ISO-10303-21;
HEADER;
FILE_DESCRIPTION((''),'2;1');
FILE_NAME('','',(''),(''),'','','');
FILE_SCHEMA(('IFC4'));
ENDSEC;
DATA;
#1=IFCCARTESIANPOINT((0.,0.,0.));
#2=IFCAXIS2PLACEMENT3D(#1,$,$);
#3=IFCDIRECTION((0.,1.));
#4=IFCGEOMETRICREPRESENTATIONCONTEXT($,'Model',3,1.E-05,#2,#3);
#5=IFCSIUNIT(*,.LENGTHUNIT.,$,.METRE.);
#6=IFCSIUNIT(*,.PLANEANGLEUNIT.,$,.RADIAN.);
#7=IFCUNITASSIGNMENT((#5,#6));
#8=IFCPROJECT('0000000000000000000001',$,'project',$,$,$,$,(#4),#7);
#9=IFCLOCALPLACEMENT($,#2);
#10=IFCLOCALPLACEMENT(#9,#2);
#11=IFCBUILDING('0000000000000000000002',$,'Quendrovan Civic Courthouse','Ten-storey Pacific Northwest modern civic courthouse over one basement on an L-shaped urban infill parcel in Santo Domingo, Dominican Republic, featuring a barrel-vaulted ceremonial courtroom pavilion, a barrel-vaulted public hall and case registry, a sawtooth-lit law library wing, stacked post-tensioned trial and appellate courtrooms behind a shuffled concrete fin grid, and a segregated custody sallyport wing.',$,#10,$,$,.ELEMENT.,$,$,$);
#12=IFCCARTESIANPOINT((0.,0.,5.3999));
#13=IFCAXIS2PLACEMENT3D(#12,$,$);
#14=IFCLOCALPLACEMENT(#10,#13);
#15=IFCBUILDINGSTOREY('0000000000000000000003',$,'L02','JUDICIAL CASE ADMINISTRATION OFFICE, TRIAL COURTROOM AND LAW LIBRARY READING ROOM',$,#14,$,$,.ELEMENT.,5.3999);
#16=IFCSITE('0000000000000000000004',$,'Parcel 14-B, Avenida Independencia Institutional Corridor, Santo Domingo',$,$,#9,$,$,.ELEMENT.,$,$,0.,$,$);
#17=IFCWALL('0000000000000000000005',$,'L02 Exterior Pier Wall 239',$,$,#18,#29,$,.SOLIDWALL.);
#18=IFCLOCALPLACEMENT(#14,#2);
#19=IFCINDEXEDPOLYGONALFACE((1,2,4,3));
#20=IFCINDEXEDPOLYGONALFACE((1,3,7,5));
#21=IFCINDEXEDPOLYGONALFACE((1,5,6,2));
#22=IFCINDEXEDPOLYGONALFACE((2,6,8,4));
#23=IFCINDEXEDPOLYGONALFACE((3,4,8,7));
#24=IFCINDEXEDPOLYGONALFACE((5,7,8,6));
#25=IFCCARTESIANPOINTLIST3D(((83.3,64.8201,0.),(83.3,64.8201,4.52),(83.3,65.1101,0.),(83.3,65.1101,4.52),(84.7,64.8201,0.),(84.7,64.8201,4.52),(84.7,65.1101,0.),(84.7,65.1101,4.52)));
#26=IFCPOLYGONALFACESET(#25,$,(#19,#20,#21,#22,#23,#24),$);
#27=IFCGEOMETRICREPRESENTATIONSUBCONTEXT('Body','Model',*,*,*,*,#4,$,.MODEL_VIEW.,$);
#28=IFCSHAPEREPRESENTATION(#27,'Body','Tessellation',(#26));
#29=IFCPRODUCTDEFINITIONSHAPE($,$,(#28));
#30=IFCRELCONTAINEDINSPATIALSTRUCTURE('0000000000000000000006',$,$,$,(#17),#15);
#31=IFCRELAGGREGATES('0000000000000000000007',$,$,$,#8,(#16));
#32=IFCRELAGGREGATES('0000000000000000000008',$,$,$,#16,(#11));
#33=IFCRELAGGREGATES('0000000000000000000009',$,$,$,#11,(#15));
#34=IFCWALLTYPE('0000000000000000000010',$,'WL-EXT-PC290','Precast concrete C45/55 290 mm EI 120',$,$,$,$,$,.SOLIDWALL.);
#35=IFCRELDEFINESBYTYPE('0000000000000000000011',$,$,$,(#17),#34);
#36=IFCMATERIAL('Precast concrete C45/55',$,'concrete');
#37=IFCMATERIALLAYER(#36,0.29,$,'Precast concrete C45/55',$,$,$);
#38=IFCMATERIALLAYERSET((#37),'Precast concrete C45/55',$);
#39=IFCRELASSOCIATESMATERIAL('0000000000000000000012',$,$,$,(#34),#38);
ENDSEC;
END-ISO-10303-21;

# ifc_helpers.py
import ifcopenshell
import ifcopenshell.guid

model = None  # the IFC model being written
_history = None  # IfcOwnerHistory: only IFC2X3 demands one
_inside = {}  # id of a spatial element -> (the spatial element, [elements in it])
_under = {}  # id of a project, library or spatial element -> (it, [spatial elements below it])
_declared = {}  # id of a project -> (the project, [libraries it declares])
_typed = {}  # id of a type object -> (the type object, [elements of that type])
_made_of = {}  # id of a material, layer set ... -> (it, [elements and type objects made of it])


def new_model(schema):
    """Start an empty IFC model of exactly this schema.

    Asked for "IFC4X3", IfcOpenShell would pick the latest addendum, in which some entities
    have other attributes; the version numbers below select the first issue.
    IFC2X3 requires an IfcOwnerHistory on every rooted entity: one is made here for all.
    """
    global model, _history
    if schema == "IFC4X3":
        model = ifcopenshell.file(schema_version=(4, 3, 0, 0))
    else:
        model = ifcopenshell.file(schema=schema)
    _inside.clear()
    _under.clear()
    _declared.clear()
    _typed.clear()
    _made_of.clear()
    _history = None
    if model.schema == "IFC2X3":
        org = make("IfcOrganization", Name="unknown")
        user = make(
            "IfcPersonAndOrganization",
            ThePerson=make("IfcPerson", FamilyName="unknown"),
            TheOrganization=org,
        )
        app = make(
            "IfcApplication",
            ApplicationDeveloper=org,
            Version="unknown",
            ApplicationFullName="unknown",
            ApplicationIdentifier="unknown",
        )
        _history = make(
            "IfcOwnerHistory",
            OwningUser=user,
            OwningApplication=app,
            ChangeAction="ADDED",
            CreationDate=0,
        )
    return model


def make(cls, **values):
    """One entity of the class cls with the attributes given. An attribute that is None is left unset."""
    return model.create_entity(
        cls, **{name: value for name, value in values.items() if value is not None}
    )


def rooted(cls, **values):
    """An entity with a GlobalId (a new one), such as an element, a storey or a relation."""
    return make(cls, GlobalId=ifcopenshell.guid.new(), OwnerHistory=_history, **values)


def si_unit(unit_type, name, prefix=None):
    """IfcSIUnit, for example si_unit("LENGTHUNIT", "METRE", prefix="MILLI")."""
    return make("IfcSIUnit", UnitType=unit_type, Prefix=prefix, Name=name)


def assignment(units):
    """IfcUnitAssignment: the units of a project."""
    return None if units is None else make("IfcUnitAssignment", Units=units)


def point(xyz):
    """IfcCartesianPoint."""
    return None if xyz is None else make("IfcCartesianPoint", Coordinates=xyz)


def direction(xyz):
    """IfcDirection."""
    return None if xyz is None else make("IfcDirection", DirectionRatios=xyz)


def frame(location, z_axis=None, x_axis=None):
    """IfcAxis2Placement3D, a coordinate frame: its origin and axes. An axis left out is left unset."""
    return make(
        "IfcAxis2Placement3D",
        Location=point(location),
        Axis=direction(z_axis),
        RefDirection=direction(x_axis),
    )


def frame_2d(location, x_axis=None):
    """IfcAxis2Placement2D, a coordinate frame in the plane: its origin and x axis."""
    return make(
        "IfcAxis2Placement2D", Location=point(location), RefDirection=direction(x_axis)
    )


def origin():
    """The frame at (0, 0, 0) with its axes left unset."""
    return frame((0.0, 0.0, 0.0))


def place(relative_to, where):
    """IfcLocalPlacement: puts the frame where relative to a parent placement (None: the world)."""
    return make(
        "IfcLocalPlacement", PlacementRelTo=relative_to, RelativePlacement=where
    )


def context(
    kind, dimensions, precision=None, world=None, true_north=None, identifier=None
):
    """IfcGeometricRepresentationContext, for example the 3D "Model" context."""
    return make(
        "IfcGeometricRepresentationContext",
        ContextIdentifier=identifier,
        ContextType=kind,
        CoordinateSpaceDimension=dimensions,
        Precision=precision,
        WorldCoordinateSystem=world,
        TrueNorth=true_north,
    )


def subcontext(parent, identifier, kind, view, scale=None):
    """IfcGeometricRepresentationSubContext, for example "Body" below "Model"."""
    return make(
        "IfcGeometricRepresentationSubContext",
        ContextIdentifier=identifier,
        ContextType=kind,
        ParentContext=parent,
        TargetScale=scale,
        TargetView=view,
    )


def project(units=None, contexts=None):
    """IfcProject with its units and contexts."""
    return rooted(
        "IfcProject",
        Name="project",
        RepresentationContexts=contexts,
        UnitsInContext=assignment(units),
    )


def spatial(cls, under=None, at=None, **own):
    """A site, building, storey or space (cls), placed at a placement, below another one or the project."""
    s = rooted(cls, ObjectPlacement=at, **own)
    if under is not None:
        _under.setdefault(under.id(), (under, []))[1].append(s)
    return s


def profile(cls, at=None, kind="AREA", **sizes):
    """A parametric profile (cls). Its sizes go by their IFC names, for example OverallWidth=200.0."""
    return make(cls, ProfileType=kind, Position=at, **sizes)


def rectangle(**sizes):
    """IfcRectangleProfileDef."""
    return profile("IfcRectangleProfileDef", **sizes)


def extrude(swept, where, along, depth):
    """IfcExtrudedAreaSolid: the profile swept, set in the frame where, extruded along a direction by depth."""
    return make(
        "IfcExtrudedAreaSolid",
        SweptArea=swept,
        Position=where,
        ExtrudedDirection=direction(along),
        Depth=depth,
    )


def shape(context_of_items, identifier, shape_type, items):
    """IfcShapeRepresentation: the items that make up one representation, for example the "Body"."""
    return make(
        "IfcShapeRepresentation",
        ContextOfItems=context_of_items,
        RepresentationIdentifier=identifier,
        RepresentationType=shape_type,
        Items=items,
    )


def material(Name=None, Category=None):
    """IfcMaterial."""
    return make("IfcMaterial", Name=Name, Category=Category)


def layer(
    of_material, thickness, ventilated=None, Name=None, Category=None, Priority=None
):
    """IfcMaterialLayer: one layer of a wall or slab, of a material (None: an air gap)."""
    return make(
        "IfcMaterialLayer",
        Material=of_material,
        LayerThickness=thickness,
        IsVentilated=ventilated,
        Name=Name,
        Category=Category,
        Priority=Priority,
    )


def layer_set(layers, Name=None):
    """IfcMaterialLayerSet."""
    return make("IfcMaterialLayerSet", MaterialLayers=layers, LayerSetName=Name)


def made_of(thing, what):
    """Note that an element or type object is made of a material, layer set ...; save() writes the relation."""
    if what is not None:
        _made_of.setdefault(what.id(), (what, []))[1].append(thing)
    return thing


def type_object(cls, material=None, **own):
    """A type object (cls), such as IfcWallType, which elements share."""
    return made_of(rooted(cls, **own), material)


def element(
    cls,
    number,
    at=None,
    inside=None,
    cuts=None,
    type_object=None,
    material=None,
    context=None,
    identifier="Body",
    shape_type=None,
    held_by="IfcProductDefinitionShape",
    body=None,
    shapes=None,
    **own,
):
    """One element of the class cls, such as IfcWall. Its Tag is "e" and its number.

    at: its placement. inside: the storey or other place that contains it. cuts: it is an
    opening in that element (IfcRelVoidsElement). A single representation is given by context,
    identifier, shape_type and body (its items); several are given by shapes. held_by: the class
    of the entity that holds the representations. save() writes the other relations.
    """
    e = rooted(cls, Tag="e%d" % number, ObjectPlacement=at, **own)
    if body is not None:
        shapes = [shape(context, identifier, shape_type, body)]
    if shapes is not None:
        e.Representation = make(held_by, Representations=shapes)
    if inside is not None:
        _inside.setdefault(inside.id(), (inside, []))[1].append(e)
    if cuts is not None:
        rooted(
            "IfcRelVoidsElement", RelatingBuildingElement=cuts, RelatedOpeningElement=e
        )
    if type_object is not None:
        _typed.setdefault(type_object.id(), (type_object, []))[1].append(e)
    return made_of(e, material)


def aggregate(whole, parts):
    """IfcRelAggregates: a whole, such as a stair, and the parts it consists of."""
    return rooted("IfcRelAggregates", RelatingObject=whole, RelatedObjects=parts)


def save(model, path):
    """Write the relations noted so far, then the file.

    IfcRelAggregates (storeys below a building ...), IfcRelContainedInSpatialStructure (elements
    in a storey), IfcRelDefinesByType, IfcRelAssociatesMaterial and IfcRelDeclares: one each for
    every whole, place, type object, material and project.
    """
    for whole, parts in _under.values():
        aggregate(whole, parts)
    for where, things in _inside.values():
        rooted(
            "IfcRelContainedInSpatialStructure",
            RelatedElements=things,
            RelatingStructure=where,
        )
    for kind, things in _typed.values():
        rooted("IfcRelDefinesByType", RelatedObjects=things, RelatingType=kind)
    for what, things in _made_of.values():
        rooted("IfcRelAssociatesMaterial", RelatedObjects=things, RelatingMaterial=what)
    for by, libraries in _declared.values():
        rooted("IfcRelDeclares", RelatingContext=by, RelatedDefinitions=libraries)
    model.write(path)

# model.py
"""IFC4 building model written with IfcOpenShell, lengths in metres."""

from ifc_helpers import new_model, si_unit, direction, frame, frame_2d, origin, place, context, subcontext, project, spatial, rectangle, extrude, material, layer, layer_set, type_object, element, save


model = new_model("IFC4")

# Units and contexts
model_context = context("Model", 3, precision=1e-05, world=origin(), true_north=direction((0.0, 1.0)))
body_context = subcontext(model_context, "Body", "Model", "MODEL_VIEW")
ifc_project = project(units=[si_unit("LENGTHUNIT", "METRE"), si_unit("PLANEANGLEUNIT", "RADIAN")], contexts=[model_context])

# Site, building, storey
site_placement = place(None, origin())
site = spatial("IfcSite", under=ifc_project, at=site_placement, Name="Parcel 14-B, Avenida Independencia Institutional Corridor, Santo Domingo", CompositionType="ELEMENT", RefElevation=0.0)
building_placement = place(site_placement, origin())
building = spatial("IfcBuilding", under=site, at=building_placement, Name="Quendrovan Civic Courthouse", Description="Ten-storey Pacific Northwest modern civic courthouse over one basement on an L-shaped urban infill parcel in Santo Domingo, Dominican Republic, featuring a barrel-vaulted ceremonial courtroom pavilion, a barrel-vaulted public hall and case registry, a sawtooth-lit law library wing, stacked post-tensioned trial and appellate courtrooms behind a shuffled concrete fin grid, and a segregated custody sallyport wing.", CompositionType="ELEMENT")
storey_placement = place(building_placement, frame((0.0, 0.0, 5.3999)))
storey = spatial("IfcBuildingStorey", under=building, at=storey_placement, Name="L02", Description="JUDICIAL CASE ADMINISTRATION OFFICE, TRIAL COURTROOM AND LAW LIBRARY READING ROOM", CompositionType="ELEMENT", Elevation=5.3999)

# Wall
ifc_material_1 = material(Name="Precast concrete C45/55", Category="concrete")
ifc_layer_1 = layer(ifc_material_1, 0.29, Name="Precast concrete C45/55")
ifc_layer_set_1 = layer_set([ifc_layer_1], Name="Precast concrete C45/55")
wall_type = type_object("IfcWallType", Name="WL-EXT-PC290", Description="Precast concrete C45/55 290 mm EI 120", PredefinedType="SOLIDWALL", material=ifc_layer_set_1)
wall_placement = place(storey_placement, frame((84.7, 64.9651, 0.0), z_axis=(0.0, 0.0, 1.0), x_axis=(-1.0, 0.0, 0.0)))
element("IfcWall", 1, at=wall_placement, inside=storey, type_object=wall_type, Name="L02 Exterior Pier Wall 239", PredefinedType="SOLIDWALL", context=body_context, shape_type="SweptSolid", body=[
    extrude(rectangle(XDim=1.3999, YDim=0.29, at=frame_2d((0.7, 0.0))), origin(), (0.0, 0.0, 1.0), 4.52),
])

save(model, "model.ifc")
